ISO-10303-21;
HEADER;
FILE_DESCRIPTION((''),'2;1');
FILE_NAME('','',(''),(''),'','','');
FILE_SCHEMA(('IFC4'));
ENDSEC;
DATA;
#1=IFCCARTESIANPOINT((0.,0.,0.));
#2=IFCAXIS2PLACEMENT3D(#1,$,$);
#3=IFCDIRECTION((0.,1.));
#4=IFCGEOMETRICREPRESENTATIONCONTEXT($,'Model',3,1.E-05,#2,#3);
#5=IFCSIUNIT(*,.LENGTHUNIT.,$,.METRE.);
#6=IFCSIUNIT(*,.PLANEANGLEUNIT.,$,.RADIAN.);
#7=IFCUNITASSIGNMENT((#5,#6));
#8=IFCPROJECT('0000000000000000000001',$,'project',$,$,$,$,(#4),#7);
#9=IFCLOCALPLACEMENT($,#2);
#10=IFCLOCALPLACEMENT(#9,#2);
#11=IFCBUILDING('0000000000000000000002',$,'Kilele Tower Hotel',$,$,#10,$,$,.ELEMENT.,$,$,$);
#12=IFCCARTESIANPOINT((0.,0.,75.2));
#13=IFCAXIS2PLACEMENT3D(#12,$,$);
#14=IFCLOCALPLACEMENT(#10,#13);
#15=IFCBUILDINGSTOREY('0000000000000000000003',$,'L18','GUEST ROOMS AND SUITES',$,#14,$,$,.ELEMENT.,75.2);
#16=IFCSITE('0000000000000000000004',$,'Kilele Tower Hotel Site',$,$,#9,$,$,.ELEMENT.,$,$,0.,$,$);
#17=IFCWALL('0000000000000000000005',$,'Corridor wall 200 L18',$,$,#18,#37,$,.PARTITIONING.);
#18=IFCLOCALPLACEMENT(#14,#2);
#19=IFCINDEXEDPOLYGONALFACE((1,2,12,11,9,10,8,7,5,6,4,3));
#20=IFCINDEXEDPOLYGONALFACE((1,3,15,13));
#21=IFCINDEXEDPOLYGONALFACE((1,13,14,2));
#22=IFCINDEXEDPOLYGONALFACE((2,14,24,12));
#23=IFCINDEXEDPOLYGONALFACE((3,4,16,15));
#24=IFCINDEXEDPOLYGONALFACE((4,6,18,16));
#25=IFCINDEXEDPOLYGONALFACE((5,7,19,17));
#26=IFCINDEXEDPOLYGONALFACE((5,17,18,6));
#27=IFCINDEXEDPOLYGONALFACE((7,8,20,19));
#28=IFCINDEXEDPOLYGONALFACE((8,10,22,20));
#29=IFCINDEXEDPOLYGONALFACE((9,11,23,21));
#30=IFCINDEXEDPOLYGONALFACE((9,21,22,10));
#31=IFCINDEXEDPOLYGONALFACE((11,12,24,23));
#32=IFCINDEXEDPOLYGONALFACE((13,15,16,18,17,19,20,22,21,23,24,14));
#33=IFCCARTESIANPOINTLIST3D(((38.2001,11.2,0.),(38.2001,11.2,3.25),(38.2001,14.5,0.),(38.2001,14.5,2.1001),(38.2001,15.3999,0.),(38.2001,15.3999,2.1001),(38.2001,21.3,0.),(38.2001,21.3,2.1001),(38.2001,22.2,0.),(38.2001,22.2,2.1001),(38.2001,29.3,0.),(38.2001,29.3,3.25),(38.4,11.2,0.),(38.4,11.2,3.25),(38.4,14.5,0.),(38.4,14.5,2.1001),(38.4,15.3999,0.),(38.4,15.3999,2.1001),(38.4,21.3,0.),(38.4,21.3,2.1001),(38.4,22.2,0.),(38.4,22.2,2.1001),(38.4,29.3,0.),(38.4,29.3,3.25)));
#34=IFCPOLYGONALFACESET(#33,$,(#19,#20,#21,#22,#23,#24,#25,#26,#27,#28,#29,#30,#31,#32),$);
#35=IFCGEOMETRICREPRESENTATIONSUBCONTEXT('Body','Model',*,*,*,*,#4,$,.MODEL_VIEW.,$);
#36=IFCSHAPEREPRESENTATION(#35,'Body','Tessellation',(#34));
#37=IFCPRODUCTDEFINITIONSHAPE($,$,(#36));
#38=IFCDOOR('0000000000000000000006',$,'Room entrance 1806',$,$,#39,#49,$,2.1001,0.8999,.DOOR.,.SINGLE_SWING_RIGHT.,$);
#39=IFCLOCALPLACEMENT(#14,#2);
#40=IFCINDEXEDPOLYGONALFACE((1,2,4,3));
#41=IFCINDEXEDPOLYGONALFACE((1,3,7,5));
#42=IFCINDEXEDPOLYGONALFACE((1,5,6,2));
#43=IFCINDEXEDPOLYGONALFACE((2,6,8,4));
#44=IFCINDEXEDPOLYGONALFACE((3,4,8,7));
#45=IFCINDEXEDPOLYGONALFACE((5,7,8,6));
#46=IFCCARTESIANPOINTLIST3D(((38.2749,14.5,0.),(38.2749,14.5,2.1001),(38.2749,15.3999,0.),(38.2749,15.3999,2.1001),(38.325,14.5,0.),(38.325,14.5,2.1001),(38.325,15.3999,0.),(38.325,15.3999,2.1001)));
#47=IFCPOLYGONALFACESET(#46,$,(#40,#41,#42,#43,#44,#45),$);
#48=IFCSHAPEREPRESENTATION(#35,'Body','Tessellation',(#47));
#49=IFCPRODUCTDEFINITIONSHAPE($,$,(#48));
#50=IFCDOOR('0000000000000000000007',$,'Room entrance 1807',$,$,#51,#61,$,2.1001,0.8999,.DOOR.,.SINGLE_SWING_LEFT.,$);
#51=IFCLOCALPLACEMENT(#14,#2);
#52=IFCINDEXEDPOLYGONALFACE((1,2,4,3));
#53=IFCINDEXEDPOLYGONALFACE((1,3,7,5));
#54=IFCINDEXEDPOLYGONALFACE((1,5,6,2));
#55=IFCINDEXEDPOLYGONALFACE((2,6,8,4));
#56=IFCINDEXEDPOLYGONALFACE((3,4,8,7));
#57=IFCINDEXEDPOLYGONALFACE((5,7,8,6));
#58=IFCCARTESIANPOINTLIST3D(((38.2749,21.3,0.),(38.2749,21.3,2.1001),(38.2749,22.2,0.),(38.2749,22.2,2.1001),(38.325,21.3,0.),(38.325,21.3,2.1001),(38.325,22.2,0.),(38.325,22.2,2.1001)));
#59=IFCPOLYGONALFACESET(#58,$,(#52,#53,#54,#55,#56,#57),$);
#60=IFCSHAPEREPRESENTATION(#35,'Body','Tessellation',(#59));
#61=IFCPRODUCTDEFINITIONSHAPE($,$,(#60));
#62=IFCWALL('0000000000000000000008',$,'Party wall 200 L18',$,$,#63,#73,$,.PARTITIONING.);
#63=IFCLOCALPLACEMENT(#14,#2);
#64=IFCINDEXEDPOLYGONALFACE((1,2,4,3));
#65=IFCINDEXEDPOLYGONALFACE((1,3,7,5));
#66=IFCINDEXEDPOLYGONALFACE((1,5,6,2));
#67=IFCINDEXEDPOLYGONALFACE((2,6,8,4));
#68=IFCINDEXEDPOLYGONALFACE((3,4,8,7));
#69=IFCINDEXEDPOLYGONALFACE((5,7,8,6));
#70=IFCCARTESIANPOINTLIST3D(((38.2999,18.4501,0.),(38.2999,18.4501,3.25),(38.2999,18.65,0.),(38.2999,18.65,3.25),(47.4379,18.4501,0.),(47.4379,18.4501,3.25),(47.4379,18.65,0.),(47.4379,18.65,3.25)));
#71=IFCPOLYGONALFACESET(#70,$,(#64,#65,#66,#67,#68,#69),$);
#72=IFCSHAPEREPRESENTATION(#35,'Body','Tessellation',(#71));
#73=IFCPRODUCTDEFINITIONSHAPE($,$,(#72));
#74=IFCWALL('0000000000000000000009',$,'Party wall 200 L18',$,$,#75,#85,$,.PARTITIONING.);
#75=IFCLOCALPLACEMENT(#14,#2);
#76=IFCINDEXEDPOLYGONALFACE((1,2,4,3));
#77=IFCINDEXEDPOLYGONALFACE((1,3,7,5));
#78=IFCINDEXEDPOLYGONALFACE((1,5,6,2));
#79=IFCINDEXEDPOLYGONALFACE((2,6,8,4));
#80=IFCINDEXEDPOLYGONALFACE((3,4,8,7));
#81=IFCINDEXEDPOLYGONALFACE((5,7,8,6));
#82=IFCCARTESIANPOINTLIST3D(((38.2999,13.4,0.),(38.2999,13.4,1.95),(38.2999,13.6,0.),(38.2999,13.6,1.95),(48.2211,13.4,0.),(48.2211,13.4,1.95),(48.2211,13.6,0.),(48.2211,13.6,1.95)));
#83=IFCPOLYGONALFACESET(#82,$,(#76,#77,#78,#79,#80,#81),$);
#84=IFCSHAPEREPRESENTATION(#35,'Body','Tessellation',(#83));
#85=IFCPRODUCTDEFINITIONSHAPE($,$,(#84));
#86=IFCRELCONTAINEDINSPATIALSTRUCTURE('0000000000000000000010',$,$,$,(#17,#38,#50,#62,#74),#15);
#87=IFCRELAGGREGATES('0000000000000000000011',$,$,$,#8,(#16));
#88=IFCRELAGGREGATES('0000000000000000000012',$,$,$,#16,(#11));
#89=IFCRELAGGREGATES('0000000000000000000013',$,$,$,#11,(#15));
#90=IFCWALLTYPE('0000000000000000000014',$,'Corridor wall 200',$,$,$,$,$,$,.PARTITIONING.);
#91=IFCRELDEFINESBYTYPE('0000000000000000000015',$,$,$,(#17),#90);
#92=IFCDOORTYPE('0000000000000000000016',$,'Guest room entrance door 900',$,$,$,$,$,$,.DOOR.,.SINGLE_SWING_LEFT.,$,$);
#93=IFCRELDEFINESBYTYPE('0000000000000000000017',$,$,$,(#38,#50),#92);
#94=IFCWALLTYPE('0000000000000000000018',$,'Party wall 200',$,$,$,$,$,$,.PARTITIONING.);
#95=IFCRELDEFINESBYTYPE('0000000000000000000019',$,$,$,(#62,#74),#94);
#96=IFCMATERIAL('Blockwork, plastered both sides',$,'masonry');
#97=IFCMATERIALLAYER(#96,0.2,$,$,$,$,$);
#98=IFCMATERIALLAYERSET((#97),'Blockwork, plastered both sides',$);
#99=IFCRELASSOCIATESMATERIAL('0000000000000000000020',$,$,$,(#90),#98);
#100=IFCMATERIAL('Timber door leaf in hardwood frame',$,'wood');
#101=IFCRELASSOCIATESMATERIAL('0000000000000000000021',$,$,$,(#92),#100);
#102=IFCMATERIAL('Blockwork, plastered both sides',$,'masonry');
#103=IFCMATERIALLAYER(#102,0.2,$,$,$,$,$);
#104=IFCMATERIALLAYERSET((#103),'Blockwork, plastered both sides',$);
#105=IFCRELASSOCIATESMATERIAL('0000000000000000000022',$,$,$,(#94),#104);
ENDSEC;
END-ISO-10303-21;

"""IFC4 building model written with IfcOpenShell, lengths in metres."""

from ifc_helpers import new_model, si_unit, direction, frame, frame_2d, origin, place, context, subcontext, project, spatial, rectangle, extrude, material, layer, layer_set, type_object, element, fill, save


model = new_model("IFC4")

# Units and contexts
model_context = context("Model", 3, precision=1e-05, world=origin(), true_north=direction((0.0, 1.0)))
body_context = subcontext(model_context, "Body", "Model", "MODEL_VIEW")
ifc_project = project(units=[si_unit("LENGTHUNIT", "METRE"), si_unit("PLANEANGLEUNIT", "RADIAN")], contexts=[model_context])

# Site, building, storey
site_placement = place(None, origin())
site = spatial("IfcSite", under=ifc_project, at=site_placement, Name="Kilele Tower Hotel Site", CompositionType="ELEMENT", RefElevation=0.0)
building_placement = place(site_placement, origin())
building = spatial("IfcBuilding", under=site, at=building_placement, Name="Kilele Tower Hotel", CompositionType="ELEMENT")
storey_placement = place(building_placement, frame((0.0, 0.0, 75.2)))
storey = spatial("IfcBuildingStorey", under=building, at=storey_placement, Name="L18", Description="GUEST ROOMS AND SUITES", CompositionType="ELEMENT", Elevation=75.2)

# Wall, openings, doors
ifc_material_1 = material(Name="Blockwork, plastered both sides", Category="masonry")
ifc_layer_1 = layer(ifc_material_1, 0.2)
ifc_layer_set_1 = layer_set([ifc_layer_1], Name="Blockwork, plastered both sides")
wall_type_1 = type_object("IfcWallType", Name="Corridor wall 200", PredefinedType="PARTITIONING", material=ifc_layer_set_1)
wall_1_placement = place(storey_placement, frame((38.3, 11.2, 0.0), z_axis=(0.0, 0.0, 1.0), x_axis=(0.0, 1.0, 0.0)))
wall_1 = element("IfcWall", 1, at=wall_1_placement, inside=storey, type_object=wall_type_1, Name="Corridor wall 200 L18", PredefinedType="PARTITIONING", context=body_context, shape_type="SweptSolid", body=[
    extrude(rectangle(XDim=18.1001, YDim=0.2, at=frame_2d((9.05, 0.0))), origin(), (0.0, 0.0, 1.0), 3.25),
])
opening_1_placement = place(wall_1_placement, frame((4.2, 0.0, 0.0), z_axis=(0.0, 0.0, 1.0), x_axis=(-1.0, 0.0, 0.0)))
opening_1 = element("IfcOpeningElement", 2, at=opening_1_placement, cuts=wall_1, PredefinedType="OPENING", context=body_context, shape_type="SweptSolid", body=[
    extrude(rectangle(XDim=0.8999, YDim=2.1001, at=frame_2d((0.45, 1.05))), frame((0.0, 0.1099, 0.0), z_axis=(0.0, -1.0, 0.0), x_axis=(1.0, 0.0, 0.0)), (0.0, 0.0, 1.0), 0.22),
])
opening_2_placement = place(wall_1_placement, frame((11.0, 0.0, 0.0), z_axis=(0.0, 0.0, 1.0), x_axis=(-1.0, 0.0, 0.0)))
opening_2 = element("IfcOpeningElement", 3, at=opening_2_placement, cuts=wall_1, PredefinedType="OPENING", context=body_context, shape_type="SweptSolid", body=[
    extrude(rectangle(XDim=0.8999, YDim=2.1001, at=frame_2d((0.45, 1.05))), frame((0.0, 0.1099, 0.0), z_axis=(0.0, -1.0, 0.0), x_axis=(1.0, 0.0, 0.0)), (0.0, 0.0, 1.0), 0.22),
])
ifc_material_2 = material(Name="Timber door leaf in hardwood frame", Category="wood")
door_type_1 = type_object("IfcDoorType", Name="Guest room entrance door 900", OperationType="SINGLE_SWING_LEFT", PredefinedType="DOOR", material=ifc_material_2)
door_1_placement = place(opening_1_placement, origin())
door_1 = element("IfcDoor", 4, at=door_1_placement, inside=storey, type_object=door_type_1, Name="Room entrance 1806", OperationType="SINGLE_SWING_RIGHT", OverallHeight=2.1001, OverallWidth=0.8999, PredefinedType="DOOR", context=body_context, shape_type="SweptSolid", body=[
    extrude(rectangle(XDim=0.8999, YDim=2.1001, at=frame_2d((0.45, 1.05))), frame((0.0, 0.0249, 0.0), z_axis=(0.0, -1.0, 0.0), x_axis=(1.0, 0.0, 0.0)), (0.0, 0.0, 1.0), 0.05),
])
fill(opening_1, door_1)
door_2_placement = place(opening_2_placement, origin())
door_2 = element("IfcDoor", 5, at=door_2_placement, inside=storey, type_object=door_type_1, Name="Room entrance 1807", OperationType="SINGLE_SWING_LEFT", OverallHeight=2.1001, OverallWidth=0.8999, PredefinedType="DOOR", context=body_context, shape_type="SweptSolid", body=[
    extrude(rectangle(XDim=0.8999, YDim=2.1001, at=frame_2d((0.45, 1.05))), frame((0.0, 0.0249, 0.0), z_axis=(0.0, -1.0, 0.0), x_axis=(1.0, 0.0, 0.0)), (0.0, 0.0, 1.0), 0.05),
])
fill(opening_2, door_2)

# Walls
ifc_material_3 = material(Name="Blockwork, plastered both sides", Category="masonry")
ifc_layer_2 = layer(ifc_material_3, 0.2)
ifc_layer_set_2 = layer_set([ifc_layer_2], Name="Blockwork, plastered both sides")
wall_type_2 = type_object("IfcWallType", Name="Party wall 200", PredefinedType="PARTITIONING", material=ifc_layer_set_2)
wall_2_placement = place(storey_placement, frame((38.3, 18.55, 0.0), z_axis=(0.0, 0.0, 1.0), x_axis=(1.0, 0.0, 0.0)))
element("IfcWall", 6, at=wall_2_placement, inside=storey, type_object=wall_type_2, Name="Party wall 200 L18", PredefinedType="PARTITIONING", context=body_context, shape_type="SweptSolid", body=[
    extrude(rectangle(XDim=9.1379, YDim=0.2, at=frame_2d((4.5688, 0.0))), origin(), (0.0, 0.0, 1.0), 3.25),
])
wall_3_placement = place(storey_placement, frame((38.3, 13.5, 0.0), z_axis=(0.0, 0.0, 1.0), x_axis=(1.0, 0.0, 0.0)))
element("IfcWall", 7, at=wall_3_placement, inside=storey, type_object=wall_type_2, Name="Party wall 200 L18", PredefinedType="PARTITIONING", context=body_context, shape_type="SweptSolid", body=[
    extrude(rectangle(XDim=9.9211, YDim=0.2, at=frame_2d((4.9604, 0.0))), origin(), (0.0, 0.0, 1.0), 1.95),
])

save(model, "model.ifc")
